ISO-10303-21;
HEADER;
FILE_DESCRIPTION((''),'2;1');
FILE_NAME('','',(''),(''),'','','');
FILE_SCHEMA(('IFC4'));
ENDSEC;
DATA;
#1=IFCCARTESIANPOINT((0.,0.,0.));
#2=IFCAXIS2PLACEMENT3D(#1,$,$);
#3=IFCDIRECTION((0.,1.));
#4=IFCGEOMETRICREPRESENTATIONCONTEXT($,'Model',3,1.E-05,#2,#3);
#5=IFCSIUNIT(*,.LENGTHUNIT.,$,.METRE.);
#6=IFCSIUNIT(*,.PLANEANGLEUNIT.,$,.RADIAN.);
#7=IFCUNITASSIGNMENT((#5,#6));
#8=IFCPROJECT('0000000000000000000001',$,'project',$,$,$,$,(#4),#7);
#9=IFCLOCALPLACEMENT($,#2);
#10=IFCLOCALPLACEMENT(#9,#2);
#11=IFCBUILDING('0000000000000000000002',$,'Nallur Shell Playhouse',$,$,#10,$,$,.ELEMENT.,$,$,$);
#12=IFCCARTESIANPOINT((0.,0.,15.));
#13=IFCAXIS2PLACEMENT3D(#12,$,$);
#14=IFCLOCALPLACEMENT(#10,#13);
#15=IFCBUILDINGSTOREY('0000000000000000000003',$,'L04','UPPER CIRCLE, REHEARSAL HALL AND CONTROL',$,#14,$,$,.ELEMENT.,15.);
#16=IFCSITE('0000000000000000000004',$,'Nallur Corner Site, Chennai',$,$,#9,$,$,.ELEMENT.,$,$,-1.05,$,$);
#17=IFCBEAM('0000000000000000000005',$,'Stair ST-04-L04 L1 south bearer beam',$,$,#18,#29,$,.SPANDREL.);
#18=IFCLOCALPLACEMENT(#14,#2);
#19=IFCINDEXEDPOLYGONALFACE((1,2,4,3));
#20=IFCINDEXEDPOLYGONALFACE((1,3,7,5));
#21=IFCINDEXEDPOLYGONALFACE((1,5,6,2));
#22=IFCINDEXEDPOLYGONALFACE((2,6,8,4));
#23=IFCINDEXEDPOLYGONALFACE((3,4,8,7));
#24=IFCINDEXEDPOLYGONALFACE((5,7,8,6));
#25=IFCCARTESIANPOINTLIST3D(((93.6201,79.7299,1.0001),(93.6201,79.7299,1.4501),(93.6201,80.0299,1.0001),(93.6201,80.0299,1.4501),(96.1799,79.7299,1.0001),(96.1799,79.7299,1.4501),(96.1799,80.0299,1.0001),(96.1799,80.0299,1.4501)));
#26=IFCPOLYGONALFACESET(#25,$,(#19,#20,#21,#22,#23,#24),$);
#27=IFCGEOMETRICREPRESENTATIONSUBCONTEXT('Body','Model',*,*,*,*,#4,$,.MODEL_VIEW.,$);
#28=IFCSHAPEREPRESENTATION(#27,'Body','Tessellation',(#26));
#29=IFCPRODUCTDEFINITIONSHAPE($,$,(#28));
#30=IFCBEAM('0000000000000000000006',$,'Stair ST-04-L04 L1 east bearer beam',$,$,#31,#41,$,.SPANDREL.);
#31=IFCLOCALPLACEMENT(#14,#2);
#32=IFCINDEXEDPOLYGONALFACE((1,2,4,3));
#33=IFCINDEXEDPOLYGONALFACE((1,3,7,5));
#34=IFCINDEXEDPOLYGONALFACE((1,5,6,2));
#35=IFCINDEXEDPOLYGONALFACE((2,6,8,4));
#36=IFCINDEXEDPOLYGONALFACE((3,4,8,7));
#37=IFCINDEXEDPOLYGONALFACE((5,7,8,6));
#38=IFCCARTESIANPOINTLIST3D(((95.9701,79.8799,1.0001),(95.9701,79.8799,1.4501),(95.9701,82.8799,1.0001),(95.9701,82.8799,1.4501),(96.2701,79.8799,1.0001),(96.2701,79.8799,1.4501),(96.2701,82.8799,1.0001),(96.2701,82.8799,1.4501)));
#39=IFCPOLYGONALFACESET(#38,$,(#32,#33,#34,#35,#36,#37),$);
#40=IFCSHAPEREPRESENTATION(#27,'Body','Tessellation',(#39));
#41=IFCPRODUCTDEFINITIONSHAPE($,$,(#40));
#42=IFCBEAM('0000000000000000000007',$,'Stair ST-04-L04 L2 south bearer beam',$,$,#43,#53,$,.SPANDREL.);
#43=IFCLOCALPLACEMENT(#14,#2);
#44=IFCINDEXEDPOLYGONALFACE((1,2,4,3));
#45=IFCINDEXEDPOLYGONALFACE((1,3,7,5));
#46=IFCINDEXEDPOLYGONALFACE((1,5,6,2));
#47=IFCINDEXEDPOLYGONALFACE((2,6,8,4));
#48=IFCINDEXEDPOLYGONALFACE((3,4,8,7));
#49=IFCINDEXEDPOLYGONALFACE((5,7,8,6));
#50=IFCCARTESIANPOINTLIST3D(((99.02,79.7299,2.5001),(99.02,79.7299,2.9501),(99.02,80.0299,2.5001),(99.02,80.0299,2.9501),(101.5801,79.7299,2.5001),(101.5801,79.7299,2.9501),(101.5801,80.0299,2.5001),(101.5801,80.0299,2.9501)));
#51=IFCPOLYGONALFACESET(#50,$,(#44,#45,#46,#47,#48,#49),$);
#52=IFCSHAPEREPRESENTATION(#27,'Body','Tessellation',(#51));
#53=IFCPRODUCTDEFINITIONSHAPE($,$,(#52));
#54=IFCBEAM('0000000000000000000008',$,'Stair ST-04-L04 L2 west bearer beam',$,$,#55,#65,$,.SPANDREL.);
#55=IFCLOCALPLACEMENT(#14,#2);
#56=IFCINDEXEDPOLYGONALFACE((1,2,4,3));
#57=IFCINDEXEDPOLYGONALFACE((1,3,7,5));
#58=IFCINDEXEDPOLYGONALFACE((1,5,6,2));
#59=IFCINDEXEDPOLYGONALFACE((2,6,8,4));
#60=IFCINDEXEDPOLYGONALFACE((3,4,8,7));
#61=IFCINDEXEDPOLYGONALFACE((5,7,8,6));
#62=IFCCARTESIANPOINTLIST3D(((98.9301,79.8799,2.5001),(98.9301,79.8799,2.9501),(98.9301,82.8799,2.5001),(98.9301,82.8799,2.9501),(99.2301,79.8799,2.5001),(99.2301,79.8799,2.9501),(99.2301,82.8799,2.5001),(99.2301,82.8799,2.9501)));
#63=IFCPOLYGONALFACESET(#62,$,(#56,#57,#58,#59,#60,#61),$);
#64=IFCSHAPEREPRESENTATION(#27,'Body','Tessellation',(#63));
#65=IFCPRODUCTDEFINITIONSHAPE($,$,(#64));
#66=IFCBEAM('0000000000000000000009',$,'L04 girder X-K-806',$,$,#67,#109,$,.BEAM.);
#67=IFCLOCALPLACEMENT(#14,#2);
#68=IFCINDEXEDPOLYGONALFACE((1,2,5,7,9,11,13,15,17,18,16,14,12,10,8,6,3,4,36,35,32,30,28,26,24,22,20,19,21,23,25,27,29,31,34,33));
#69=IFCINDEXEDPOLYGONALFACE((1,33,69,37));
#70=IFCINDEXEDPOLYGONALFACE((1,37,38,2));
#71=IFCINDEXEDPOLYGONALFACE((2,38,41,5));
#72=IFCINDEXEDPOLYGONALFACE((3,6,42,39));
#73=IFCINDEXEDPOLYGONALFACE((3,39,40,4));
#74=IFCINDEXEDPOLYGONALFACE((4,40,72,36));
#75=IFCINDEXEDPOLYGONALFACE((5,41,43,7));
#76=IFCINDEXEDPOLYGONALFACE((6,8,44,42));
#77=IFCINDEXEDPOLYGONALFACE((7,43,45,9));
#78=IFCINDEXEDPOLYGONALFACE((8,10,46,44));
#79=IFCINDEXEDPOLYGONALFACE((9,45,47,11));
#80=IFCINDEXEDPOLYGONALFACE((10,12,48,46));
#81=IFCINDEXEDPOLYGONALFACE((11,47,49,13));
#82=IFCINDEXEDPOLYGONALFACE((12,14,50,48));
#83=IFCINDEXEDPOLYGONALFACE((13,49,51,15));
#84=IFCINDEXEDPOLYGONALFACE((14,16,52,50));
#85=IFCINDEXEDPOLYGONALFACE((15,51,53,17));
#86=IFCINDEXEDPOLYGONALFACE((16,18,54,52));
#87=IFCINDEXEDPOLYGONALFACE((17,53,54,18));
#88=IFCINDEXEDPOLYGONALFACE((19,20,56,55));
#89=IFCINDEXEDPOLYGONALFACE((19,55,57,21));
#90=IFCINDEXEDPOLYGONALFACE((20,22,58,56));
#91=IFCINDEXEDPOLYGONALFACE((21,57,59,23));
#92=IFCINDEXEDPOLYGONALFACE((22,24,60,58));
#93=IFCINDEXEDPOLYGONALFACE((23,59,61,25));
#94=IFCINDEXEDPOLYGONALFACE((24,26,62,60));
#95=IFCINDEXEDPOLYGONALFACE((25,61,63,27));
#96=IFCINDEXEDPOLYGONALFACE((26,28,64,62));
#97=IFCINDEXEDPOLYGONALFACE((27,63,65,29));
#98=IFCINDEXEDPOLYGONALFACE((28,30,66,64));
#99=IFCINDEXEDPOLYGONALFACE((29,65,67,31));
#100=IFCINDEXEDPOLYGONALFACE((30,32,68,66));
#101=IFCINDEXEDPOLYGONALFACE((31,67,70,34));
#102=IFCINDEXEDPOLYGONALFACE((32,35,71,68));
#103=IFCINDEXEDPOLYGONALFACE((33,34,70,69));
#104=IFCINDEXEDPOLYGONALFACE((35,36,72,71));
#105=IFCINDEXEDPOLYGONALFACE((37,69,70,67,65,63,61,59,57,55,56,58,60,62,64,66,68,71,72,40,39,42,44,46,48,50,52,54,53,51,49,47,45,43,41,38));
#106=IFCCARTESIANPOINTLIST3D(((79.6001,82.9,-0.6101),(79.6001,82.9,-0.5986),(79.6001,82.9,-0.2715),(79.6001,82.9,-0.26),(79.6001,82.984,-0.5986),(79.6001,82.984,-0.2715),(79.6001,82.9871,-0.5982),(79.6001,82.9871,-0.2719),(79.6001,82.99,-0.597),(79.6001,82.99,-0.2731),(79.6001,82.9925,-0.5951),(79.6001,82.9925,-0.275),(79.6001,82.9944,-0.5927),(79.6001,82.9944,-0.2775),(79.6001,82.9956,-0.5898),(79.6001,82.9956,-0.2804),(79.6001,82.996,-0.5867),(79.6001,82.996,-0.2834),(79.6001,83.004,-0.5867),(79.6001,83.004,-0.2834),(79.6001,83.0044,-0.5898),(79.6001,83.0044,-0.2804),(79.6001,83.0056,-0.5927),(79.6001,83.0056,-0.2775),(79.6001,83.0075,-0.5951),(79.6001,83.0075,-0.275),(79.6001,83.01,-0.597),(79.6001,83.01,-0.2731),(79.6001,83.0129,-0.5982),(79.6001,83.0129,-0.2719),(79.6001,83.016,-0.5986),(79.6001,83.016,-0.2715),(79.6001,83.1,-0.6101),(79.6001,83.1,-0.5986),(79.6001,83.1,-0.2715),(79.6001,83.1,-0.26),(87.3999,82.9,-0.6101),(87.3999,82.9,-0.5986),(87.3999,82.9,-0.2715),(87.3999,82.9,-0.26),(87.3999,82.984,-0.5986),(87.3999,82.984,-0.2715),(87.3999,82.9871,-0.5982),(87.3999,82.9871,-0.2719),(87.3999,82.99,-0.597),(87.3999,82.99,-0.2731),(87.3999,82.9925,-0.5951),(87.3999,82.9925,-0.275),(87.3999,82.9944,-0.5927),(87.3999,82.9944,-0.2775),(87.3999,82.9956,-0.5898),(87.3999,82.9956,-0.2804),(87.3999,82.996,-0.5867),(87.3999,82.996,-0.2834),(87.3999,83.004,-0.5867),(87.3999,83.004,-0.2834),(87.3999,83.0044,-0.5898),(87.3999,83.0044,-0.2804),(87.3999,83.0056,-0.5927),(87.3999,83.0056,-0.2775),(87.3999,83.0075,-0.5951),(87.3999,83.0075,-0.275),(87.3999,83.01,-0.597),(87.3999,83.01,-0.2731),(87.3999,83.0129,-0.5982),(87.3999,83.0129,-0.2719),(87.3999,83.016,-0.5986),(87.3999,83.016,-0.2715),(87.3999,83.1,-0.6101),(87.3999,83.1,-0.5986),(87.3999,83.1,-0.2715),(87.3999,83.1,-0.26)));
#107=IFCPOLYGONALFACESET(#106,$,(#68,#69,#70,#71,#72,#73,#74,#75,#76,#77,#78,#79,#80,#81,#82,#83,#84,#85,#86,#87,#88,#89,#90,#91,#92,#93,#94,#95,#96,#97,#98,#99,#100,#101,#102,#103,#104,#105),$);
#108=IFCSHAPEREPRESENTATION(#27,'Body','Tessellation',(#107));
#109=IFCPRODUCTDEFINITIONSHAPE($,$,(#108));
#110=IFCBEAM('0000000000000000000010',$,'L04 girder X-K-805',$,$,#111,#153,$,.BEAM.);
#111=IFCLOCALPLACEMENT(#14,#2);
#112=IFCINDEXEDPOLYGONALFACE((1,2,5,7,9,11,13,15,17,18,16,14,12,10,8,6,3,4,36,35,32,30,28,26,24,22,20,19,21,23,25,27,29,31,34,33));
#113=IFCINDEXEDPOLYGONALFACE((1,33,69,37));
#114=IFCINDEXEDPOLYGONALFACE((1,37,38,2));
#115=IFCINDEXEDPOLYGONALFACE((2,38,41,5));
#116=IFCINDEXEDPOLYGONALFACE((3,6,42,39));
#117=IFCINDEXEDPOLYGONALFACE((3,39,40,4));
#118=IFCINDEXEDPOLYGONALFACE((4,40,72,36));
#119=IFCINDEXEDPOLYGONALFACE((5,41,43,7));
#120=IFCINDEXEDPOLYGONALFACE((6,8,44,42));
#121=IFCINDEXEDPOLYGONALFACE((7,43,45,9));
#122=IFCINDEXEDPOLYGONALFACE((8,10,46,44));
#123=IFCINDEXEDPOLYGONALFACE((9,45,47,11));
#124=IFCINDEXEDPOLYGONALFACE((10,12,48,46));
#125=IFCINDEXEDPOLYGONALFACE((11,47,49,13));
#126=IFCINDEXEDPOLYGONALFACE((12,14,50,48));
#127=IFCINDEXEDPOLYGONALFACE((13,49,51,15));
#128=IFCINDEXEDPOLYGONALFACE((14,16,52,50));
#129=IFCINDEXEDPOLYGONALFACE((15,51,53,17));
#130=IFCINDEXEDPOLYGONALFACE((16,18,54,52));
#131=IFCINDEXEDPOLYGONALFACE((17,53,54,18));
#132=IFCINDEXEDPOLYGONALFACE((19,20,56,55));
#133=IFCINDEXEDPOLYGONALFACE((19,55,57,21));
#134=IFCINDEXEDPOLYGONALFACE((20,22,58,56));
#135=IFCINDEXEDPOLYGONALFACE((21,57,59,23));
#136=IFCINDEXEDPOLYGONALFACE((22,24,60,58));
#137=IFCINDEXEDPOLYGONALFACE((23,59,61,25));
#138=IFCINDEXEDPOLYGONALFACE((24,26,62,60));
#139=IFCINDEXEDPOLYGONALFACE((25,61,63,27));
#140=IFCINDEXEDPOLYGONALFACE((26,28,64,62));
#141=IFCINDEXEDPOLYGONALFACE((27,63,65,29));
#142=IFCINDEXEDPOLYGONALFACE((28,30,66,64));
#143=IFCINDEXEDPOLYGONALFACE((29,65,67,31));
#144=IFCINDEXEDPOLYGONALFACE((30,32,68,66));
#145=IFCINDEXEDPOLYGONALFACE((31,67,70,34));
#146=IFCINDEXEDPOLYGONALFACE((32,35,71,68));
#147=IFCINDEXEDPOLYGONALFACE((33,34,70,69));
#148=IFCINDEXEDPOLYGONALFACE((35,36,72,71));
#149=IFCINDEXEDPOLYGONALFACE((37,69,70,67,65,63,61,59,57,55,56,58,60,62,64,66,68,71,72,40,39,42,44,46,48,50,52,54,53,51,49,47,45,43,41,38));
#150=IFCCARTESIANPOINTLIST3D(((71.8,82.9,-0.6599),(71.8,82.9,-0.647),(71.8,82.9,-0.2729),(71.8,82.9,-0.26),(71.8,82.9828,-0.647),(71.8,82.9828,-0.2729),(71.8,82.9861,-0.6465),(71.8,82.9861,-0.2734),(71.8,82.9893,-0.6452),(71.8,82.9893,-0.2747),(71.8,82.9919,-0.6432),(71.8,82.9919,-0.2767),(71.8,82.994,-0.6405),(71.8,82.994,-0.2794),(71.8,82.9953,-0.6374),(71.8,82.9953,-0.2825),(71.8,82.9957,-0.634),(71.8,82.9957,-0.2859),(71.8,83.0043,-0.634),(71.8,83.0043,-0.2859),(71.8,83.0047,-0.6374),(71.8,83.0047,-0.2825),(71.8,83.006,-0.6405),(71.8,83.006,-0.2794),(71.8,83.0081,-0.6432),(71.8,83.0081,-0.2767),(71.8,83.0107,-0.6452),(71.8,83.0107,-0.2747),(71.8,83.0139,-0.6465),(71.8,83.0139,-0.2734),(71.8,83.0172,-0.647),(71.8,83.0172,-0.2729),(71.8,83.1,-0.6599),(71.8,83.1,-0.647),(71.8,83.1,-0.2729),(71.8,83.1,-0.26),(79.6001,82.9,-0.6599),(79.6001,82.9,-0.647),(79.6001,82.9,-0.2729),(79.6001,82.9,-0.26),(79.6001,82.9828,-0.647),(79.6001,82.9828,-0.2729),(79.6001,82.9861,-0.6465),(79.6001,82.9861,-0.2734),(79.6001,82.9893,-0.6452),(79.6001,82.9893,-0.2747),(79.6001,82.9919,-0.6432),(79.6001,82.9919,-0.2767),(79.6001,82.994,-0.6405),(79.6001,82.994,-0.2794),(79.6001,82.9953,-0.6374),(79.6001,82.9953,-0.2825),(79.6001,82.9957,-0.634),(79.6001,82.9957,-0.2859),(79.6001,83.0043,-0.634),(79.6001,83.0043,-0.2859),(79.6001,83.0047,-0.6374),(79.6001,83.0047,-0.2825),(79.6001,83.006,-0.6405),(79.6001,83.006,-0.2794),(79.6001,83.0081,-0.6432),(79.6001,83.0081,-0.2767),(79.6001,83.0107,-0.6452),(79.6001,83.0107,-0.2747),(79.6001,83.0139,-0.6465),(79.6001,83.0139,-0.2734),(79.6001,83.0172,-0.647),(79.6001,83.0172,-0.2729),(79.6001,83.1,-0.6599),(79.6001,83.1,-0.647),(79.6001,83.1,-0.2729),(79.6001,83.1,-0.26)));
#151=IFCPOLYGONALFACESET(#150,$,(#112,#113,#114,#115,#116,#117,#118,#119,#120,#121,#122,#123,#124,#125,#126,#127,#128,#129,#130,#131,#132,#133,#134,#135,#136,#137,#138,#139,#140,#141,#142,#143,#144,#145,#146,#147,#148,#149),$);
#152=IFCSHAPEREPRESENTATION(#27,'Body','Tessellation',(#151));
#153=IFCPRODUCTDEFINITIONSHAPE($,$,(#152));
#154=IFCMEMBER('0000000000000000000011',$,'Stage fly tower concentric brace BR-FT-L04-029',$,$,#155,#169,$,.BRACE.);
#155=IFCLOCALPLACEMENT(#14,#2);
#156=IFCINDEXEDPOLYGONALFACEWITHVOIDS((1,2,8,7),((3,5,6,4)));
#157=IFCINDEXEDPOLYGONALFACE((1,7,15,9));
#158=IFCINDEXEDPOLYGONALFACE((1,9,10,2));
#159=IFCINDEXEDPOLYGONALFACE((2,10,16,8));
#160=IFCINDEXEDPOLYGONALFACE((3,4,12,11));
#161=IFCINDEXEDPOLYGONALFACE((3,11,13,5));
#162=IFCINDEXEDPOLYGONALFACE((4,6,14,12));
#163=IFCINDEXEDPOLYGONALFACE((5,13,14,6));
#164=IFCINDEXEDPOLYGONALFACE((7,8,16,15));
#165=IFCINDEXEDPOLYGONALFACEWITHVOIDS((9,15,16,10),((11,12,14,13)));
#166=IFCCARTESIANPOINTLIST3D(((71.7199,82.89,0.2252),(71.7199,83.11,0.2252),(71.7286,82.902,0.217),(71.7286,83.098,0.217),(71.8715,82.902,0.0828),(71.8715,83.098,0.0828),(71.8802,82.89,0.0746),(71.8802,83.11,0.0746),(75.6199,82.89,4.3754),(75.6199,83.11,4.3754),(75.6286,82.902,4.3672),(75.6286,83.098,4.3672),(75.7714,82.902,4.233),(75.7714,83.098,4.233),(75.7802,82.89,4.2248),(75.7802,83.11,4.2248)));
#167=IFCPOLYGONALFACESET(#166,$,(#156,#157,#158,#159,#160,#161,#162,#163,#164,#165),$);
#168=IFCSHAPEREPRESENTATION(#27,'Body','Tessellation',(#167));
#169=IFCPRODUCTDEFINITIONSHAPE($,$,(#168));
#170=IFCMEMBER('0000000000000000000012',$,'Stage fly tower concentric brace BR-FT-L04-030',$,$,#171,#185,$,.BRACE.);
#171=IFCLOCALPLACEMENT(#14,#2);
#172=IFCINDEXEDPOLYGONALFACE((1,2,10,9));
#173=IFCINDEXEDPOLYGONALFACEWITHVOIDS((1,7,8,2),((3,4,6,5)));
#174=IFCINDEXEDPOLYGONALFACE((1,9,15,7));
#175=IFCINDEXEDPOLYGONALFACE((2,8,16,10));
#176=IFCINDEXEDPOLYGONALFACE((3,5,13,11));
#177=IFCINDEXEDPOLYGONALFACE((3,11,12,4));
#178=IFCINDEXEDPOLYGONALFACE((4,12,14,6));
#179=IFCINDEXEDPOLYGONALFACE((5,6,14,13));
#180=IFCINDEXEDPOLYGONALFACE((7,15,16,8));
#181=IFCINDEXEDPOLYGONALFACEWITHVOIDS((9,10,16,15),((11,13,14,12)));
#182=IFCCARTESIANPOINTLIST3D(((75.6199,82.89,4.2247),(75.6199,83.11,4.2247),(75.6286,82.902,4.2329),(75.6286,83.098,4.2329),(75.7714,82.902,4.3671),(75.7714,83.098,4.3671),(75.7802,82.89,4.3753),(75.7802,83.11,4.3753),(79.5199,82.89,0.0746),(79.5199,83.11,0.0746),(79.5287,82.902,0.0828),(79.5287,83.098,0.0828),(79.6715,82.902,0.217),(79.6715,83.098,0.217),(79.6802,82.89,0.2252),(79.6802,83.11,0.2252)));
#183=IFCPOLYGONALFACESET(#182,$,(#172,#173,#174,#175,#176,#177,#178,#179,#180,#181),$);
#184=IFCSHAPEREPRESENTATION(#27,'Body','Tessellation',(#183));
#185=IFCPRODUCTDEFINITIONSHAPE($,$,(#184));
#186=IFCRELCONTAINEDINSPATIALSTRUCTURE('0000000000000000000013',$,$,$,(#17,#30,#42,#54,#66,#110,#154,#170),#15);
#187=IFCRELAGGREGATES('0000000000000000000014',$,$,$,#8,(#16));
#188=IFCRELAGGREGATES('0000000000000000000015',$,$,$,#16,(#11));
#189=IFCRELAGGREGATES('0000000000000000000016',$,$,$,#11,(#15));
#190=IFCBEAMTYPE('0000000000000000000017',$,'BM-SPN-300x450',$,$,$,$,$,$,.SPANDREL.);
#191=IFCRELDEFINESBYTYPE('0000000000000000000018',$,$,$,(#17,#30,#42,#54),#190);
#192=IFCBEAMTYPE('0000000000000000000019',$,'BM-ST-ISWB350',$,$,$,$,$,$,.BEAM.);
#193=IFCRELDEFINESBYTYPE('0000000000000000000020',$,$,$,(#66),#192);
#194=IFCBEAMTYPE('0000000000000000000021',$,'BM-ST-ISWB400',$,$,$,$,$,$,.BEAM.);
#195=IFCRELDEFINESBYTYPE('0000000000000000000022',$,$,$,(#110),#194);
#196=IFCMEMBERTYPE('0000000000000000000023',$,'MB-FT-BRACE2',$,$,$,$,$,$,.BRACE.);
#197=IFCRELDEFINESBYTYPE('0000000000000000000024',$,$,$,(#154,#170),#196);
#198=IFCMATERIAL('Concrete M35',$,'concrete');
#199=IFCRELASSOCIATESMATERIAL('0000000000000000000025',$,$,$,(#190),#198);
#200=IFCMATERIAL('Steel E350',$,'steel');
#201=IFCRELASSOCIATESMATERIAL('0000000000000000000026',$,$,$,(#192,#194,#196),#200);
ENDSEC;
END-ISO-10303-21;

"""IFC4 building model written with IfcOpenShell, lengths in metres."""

from ifc_helpers import new_model, si_unit, direction, frame, origin, origin_2d, place, context, subcontext, project, spatial, rectangle, hollow_rectangle, i_section, extrude, material, material_profile, profile_set, type_object, element, save


model = new_model("IFC4")

# Units and contexts
model_context = context("Model", 3, precision=1e-05, world=origin(), true_north=direction((0.0, 1.0)))
body_context = subcontext(model_context, "Body", "Model", "MODEL_VIEW")
ifc_project = project(units=[si_unit("LENGTHUNIT", "METRE"), si_unit("PLANEANGLEUNIT", "RADIAN")], contexts=[model_context])

# Site, building, storey
site_placement = place(None, origin())
site = spatial("IfcSite", under=ifc_project, at=site_placement, Name="Nallur Corner Site, Chennai", CompositionType="ELEMENT", RefElevation=-1.05)
building_placement = place(site_placement, origin())
building = spatial("IfcBuilding", under=site, at=building_placement, Name="Nallur Shell Playhouse", CompositionType="ELEMENT")
storey_placement = place(building_placement, frame((0.0, 0.0, 15.0)))
storey = spatial("IfcBuildingStorey", under=building, at=storey_placement, Name="L04", Description="UPPER CIRCLE, REHEARSAL HALL AND CONTROL", CompositionType="ELEMENT", Elevation=15.0)

# Shared definitions
ifc_material_1 = material(Name="Steel E350", Category="steel")

# Beams
ifc_material_2 = material(Name="Concrete M35", Category="concrete")
ifc_material_profile_1 = material_profile(ifc_material_2, rectangle(XDim=0.3, YDim=0.45, at=origin_2d()), Name="RC 300x450")
ifc_profile_set_1 = profile_set([ifc_material_profile_1], Name="Concrete M35")
beam_type_1 = type_object("IfcBeamType", Name="BM-SPN-300x450", PredefinedType="SPANDREL", material=ifc_profile_set_1)
beam_1_placement = place(storey_placement, frame((93.6201, 79.8799, 1.2251), z_axis=(1.0, 0.0, 0.0), x_axis=(0.0, 1.0, 0.0)))
element("IfcBeam", 1, at=beam_1_placement, inside=storey, type_object=beam_type_1, Name="Stair ST-04-L04 L1 south bearer beam", PredefinedType="SPANDREL", context=body_context, shape_type="SweptSolid", body=[
    extrude(rectangle(XDim=0.3, YDim=0.45, at=origin_2d()), origin(), (0.0, 0.0, 1.0), 2.5598),
])
beam_2_placement = place(storey_placement, frame((96.1201, 79.8799, 1.2251), z_axis=(0.0, 1.0, 0.0), x_axis=(-1.0, 0.0, 0.0)))
element("IfcBeam", 2, at=beam_2_placement, inside=storey, type_object=beam_type_1, Name="Stair ST-04-L04 L1 east bearer beam", PredefinedType="SPANDREL", context=body_context, shape_type="SweptSolid", body=[
    extrude(rectangle(XDim=0.3, YDim=0.45, at=origin_2d()), origin(), (0.0, 0.0, 1.0), 3.0),
])
beam_3_placement = place(storey_placement, frame((99.02, 79.8799, 2.7251), z_axis=(1.0, 0.0, 0.0), x_axis=(0.0, 1.0, 0.0)))
element("IfcBeam", 3, at=beam_3_placement, inside=storey, type_object=beam_type_1, Name="Stair ST-04-L04 L2 south bearer beam", PredefinedType="SPANDREL", context=body_context, shape_type="SweptSolid", body=[
    extrude(rectangle(XDim=0.3, YDim=0.45, at=origin_2d()), origin(), (0.0, 0.0, 1.0), 2.5601),
])
beam_4_placement = place(storey_placement, frame((99.0801, 79.8799, 2.7251), z_axis=(0.0, 1.0, 0.0), x_axis=(-1.0, 0.0, 0.0)))
element("IfcBeam", 4, at=beam_4_placement, inside=storey, type_object=beam_type_1, Name="Stair ST-04-L04 L2 west bearer beam", PredefinedType="SPANDREL", context=body_context, shape_type="SweptSolid", body=[
    extrude(rectangle(XDim=0.3, YDim=0.45, at=origin_2d()), origin(), (0.0, 0.0, 1.0), 3.0),
])
ifc_material_profile_2 = material_profile(ifc_material_1, i_section(OverallWidth=0.2, OverallDepth=0.3501, WebThickness=0.0081, FlangeThickness=0.0115, FilletRadius=0.012, at=origin_2d()), Name="ISWB 350")
ifc_profile_set_2 = profile_set([ifc_material_profile_2], Name="Steel E350")
beam_type_2 = type_object("IfcBeamType", Name="BM-ST-ISWB350", PredefinedType="BEAM", material=ifc_profile_set_2)
beam_5_placement = place(storey_placement, frame((79.6001, 83.0, -0.4351), z_axis=(1.0, 0.0, 0.0), x_axis=(0.0, 1.0, 0.0)))
element("IfcBeam", 5, at=beam_5_placement, inside=storey, type_object=beam_type_2, Name="L04 girder X-K-806", PredefinedType="BEAM", context=body_context, shape_type="SweptSolid", body=[
    extrude(i_section(OverallWidth=0.2, OverallDepth=0.3501, WebThickness=0.0081, FlangeThickness=0.0115, FilletRadius=0.012, at=origin_2d()), origin(), (0.0, 0.0, 1.0), 7.7998),
])
ifc_material_profile_3 = material_profile(ifc_material_1, i_section(OverallWidth=0.2, OverallDepth=0.3999, WebThickness=0.0085, FlangeThickness=0.0129, FilletRadius=0.0129, at=origin_2d()), Name="ISWB 400")
ifc_profile_set_3 = profile_set([ifc_material_profile_3], Name="Steel E350")
beam_type_3 = type_object("IfcBeamType", Name="BM-ST-ISWB400", PredefinedType="BEAM", material=ifc_profile_set_3)
beam_6_placement = place(storey_placement, frame((71.8, 83.0, -0.46), z_axis=(1.0, 0.0, 0.0), x_axis=(0.0, 1.0, 0.0)))
element("IfcBeam", 6, at=beam_6_placement, inside=storey, type_object=beam_type_3, Name="L04 girder X-K-805", PredefinedType="BEAM", context=body_context, shape_type="SweptSolid", body=[
    extrude(i_section(OverallWidth=0.2, OverallDepth=0.3999, WebThickness=0.0085, FlangeThickness=0.0129, FilletRadius=0.0129, at=origin_2d()), origin(), (0.0, 0.0, 1.0), 7.8),
])

# Members
ifc_material_profile_4 = material_profile(ifc_material_1, hollow_rectangle(XDim=0.22, YDim=0.22, WallThickness=0.012, at=origin_2d()), Name="SHS 220x220x12")
ifc_profile_set_4 = profile_set([ifc_material_profile_4], Name="Steel E350")
member_type = type_object("IfcMemberType", Name="MB-FT-BRACE2", PredefinedType="BRACE", material=ifc_profile_set_4)
for number, where, z_axis, x_axis, name in (
    (7, (71.8, 83.0, 0.1499), (0.684795, 0.0, 0.728736), (0.0, 1.0, 0.0), "Stage fly tower concentric brace BR-FT-L04-029"),
    (8, (79.6001, 83.0, 0.1499), (-0.684818, 0.0, 0.728715), (0.0, -1.0, 0.0), "Stage fly tower concentric brace BR-FT-L04-030"),
):
    element("IfcMember", number, at=place(storey_placement, frame(where, z_axis=z_axis, x_axis=x_axis)), inside=storey, type_object=member_type, Name=name, PredefinedType="BRACE", context=body_context, shape_type="SweptSolid", body=[
        extrude(hollow_rectangle(XDim=0.22, YDim=0.22, WallThickness=0.012, at=origin_2d()), origin(), (0.0, 0.0, 1.0), 5.6951),
    ])

save(model, "model.ifc")
